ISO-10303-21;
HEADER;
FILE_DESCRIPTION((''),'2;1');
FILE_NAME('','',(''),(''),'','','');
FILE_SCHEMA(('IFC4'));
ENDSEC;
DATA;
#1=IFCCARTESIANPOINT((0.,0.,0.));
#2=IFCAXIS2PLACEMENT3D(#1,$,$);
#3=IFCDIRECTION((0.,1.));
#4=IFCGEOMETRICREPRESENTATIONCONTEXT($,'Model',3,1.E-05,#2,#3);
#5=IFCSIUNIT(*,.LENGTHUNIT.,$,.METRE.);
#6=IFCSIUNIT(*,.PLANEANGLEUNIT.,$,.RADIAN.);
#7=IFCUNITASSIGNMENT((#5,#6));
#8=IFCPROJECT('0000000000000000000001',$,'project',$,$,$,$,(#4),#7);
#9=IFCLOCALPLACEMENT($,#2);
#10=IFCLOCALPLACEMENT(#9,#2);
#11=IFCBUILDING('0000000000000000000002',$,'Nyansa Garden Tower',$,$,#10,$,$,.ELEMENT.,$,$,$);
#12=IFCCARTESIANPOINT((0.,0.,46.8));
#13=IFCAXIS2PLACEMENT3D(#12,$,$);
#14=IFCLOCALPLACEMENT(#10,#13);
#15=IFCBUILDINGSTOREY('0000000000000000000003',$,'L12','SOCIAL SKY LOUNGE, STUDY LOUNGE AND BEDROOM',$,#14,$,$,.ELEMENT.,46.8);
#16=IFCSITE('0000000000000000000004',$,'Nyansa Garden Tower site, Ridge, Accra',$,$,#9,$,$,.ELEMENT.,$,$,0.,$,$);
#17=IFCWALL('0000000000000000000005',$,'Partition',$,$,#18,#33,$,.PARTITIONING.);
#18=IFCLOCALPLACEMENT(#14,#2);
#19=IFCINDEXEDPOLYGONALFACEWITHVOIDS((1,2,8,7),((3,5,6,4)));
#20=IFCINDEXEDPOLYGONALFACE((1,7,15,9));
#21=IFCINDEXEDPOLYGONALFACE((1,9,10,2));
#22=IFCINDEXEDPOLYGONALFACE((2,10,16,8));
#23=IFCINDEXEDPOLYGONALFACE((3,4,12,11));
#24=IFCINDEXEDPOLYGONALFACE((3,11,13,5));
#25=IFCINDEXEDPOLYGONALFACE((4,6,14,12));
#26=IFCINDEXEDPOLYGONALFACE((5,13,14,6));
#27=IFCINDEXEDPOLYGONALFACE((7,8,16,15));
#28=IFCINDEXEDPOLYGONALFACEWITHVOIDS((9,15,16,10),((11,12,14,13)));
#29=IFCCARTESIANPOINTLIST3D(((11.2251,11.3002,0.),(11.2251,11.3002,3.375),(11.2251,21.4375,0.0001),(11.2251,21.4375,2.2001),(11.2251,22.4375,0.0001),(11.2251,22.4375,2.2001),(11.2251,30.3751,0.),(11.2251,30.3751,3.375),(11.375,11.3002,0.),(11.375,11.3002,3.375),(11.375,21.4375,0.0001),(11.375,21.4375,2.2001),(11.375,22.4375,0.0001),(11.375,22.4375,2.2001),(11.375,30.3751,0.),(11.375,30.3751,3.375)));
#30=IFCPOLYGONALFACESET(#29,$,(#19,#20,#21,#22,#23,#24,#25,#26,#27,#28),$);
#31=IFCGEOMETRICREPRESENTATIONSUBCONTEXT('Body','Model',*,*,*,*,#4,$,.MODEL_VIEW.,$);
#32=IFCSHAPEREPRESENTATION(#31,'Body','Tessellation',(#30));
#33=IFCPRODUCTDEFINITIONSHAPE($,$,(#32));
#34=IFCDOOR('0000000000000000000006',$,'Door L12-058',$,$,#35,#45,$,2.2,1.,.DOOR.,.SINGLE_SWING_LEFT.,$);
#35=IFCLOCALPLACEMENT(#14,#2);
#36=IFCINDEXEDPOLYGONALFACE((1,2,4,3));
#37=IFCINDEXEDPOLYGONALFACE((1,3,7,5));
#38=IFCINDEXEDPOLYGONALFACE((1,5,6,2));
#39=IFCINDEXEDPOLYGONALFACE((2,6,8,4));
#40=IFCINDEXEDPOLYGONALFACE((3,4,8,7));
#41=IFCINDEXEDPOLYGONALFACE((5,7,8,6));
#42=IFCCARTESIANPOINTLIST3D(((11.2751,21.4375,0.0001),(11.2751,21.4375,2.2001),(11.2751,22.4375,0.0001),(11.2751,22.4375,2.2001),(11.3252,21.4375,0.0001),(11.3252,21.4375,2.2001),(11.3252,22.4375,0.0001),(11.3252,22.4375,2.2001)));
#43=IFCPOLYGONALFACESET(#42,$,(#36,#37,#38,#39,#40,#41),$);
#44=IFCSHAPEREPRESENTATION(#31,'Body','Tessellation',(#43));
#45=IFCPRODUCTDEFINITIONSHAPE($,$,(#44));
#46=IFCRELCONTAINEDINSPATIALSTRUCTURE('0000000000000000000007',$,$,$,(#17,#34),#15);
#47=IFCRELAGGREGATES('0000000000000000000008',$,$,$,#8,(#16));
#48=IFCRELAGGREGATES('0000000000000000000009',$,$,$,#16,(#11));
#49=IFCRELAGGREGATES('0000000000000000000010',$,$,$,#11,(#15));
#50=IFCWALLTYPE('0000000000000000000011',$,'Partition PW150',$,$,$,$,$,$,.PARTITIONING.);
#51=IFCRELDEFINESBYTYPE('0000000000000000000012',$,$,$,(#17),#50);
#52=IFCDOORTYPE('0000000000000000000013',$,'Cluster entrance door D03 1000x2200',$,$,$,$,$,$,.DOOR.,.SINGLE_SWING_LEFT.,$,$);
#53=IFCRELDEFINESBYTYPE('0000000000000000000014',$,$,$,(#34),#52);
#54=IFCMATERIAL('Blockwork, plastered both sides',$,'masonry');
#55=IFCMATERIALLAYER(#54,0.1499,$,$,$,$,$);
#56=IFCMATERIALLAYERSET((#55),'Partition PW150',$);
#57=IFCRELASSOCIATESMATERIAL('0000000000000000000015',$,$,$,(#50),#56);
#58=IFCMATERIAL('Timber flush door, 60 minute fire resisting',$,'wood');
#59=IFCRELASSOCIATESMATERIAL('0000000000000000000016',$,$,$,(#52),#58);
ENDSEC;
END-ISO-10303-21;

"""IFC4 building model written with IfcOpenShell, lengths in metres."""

from ifc_helpers import new_model, si_unit, direction, frame, frame_2d, origin, place, context, subcontext, project, spatial, rectangle, extrude, material, layer, layer_set, type_object, element, fill, save


model = new_model("IFC4")

# Units and contexts
model_context = context("Model", 3, precision=1e-05, world=origin(), true_north=direction((0.0, 1.0)))
body_context = subcontext(model_context, "Body", "Model", "MODEL_VIEW")
ifc_project = project(units=[si_unit("LENGTHUNIT", "METRE"), si_unit("PLANEANGLEUNIT", "RADIAN")], contexts=[model_context])

# Site, building, storey
site_placement = place(None, origin())
site = spatial("IfcSite", under=ifc_project, at=site_placement, Name="Nyansa Garden Tower site, Ridge, Accra", CompositionType="ELEMENT", RefElevation=0.0)
building_placement = place(site_placement, origin())
building = spatial("IfcBuilding", under=site, at=building_placement, Name="Nyansa Garden Tower", CompositionType="ELEMENT")
storey_placement = place(building_placement, frame((0.0, 0.0, 46.8)))
storey = spatial("IfcBuildingStorey", under=building, at=storey_placement, Name="L12", Description="SOCIAL SKY LOUNGE, STUDY LOUNGE AND BEDROOM", CompositionType="ELEMENT", Elevation=46.8)

# Shared definitions
ifc_material_1 = material(Name="Blockwork, plastered both sides", Category="masonry")
ifc_layer_1 = layer(ifc_material_1, 0.1499)
ifc_layer_set_1 = layer_set([ifc_layer_1], Name="Partition PW150")
wall_type_1 = type_object("IfcWallType", Name="Partition PW150", PredefinedType="PARTITIONING", material=ifc_layer_set_1)

# Wall, opening, door
ifc_material_2 = material(Name="Timber flush door, 60 minute fire resisting", Category="wood")
door_type_1 = type_object("IfcDoorType", Name="Cluster entrance door D03 1000x2200", OperationType="SINGLE_SWING_LEFT", PredefinedType="DOOR", material=ifc_material_2)
wall_1_placement = place(storey_placement, frame((11.3, 11.3, 0.0), z_axis=(0.0, 0.0, 1.0), x_axis=(0.0, 1.0, 0.0)))
wall_1 = element("IfcWall", 1, at=wall_1_placement, inside=storey, type_object=wall_type_1, Name="Partition", PredefinedType="PARTITIONING", context=body_context, shape_type="SweptSolid", body=[
    extrude(rectangle(XDim=19.075, YDim=0.1499, at=frame_2d((9.5376, 0.0))), origin(), (0.0, 0.0, 1.0), 3.375),
])
opening_1_placement = place(wall_1_placement, frame((10.1375, 0.0, 0.0)))
opening_1 = element("IfcOpeningElement", 2, at=opening_1_placement, cuts=wall_1, PredefinedType="OPENING", context=body_context, shape_type="SweptSolid", body=[
    extrude(rectangle(XDim=1.0, YDim=2.2, at=frame_2d((0.5, 1.1001))), frame((0.0, 0.085, 0.0), z_axis=(0.0, -1.0, 0.0), x_axis=(1.0, 0.0, 0.0)), (0.0, 0.0, 1.0), 0.1699),
])
door_1_placement = place(opening_1_placement, origin())
door_1 = element("IfcDoor", 3, at=door_1_placement, inside=storey, type_object=door_type_1, Name="Door L12-058", OperationType="SINGLE_SWING_LEFT", OverallHeight=2.2, OverallWidth=1.0, PredefinedType="DOOR", context=body_context, shape_type="SweptSolid", body=[
    extrude(rectangle(XDim=1.0, YDim=2.2, at=frame_2d((0.5, 1.1001))), frame((0.0, 0.0249, 0.0), z_axis=(0.0, -1.0, 0.0), x_axis=(1.0, 0.0, 0.0)), (0.0, 0.0, 1.0), 0.05),
])
fill(opening_1, door_1)

save(model, "model.ifc")
